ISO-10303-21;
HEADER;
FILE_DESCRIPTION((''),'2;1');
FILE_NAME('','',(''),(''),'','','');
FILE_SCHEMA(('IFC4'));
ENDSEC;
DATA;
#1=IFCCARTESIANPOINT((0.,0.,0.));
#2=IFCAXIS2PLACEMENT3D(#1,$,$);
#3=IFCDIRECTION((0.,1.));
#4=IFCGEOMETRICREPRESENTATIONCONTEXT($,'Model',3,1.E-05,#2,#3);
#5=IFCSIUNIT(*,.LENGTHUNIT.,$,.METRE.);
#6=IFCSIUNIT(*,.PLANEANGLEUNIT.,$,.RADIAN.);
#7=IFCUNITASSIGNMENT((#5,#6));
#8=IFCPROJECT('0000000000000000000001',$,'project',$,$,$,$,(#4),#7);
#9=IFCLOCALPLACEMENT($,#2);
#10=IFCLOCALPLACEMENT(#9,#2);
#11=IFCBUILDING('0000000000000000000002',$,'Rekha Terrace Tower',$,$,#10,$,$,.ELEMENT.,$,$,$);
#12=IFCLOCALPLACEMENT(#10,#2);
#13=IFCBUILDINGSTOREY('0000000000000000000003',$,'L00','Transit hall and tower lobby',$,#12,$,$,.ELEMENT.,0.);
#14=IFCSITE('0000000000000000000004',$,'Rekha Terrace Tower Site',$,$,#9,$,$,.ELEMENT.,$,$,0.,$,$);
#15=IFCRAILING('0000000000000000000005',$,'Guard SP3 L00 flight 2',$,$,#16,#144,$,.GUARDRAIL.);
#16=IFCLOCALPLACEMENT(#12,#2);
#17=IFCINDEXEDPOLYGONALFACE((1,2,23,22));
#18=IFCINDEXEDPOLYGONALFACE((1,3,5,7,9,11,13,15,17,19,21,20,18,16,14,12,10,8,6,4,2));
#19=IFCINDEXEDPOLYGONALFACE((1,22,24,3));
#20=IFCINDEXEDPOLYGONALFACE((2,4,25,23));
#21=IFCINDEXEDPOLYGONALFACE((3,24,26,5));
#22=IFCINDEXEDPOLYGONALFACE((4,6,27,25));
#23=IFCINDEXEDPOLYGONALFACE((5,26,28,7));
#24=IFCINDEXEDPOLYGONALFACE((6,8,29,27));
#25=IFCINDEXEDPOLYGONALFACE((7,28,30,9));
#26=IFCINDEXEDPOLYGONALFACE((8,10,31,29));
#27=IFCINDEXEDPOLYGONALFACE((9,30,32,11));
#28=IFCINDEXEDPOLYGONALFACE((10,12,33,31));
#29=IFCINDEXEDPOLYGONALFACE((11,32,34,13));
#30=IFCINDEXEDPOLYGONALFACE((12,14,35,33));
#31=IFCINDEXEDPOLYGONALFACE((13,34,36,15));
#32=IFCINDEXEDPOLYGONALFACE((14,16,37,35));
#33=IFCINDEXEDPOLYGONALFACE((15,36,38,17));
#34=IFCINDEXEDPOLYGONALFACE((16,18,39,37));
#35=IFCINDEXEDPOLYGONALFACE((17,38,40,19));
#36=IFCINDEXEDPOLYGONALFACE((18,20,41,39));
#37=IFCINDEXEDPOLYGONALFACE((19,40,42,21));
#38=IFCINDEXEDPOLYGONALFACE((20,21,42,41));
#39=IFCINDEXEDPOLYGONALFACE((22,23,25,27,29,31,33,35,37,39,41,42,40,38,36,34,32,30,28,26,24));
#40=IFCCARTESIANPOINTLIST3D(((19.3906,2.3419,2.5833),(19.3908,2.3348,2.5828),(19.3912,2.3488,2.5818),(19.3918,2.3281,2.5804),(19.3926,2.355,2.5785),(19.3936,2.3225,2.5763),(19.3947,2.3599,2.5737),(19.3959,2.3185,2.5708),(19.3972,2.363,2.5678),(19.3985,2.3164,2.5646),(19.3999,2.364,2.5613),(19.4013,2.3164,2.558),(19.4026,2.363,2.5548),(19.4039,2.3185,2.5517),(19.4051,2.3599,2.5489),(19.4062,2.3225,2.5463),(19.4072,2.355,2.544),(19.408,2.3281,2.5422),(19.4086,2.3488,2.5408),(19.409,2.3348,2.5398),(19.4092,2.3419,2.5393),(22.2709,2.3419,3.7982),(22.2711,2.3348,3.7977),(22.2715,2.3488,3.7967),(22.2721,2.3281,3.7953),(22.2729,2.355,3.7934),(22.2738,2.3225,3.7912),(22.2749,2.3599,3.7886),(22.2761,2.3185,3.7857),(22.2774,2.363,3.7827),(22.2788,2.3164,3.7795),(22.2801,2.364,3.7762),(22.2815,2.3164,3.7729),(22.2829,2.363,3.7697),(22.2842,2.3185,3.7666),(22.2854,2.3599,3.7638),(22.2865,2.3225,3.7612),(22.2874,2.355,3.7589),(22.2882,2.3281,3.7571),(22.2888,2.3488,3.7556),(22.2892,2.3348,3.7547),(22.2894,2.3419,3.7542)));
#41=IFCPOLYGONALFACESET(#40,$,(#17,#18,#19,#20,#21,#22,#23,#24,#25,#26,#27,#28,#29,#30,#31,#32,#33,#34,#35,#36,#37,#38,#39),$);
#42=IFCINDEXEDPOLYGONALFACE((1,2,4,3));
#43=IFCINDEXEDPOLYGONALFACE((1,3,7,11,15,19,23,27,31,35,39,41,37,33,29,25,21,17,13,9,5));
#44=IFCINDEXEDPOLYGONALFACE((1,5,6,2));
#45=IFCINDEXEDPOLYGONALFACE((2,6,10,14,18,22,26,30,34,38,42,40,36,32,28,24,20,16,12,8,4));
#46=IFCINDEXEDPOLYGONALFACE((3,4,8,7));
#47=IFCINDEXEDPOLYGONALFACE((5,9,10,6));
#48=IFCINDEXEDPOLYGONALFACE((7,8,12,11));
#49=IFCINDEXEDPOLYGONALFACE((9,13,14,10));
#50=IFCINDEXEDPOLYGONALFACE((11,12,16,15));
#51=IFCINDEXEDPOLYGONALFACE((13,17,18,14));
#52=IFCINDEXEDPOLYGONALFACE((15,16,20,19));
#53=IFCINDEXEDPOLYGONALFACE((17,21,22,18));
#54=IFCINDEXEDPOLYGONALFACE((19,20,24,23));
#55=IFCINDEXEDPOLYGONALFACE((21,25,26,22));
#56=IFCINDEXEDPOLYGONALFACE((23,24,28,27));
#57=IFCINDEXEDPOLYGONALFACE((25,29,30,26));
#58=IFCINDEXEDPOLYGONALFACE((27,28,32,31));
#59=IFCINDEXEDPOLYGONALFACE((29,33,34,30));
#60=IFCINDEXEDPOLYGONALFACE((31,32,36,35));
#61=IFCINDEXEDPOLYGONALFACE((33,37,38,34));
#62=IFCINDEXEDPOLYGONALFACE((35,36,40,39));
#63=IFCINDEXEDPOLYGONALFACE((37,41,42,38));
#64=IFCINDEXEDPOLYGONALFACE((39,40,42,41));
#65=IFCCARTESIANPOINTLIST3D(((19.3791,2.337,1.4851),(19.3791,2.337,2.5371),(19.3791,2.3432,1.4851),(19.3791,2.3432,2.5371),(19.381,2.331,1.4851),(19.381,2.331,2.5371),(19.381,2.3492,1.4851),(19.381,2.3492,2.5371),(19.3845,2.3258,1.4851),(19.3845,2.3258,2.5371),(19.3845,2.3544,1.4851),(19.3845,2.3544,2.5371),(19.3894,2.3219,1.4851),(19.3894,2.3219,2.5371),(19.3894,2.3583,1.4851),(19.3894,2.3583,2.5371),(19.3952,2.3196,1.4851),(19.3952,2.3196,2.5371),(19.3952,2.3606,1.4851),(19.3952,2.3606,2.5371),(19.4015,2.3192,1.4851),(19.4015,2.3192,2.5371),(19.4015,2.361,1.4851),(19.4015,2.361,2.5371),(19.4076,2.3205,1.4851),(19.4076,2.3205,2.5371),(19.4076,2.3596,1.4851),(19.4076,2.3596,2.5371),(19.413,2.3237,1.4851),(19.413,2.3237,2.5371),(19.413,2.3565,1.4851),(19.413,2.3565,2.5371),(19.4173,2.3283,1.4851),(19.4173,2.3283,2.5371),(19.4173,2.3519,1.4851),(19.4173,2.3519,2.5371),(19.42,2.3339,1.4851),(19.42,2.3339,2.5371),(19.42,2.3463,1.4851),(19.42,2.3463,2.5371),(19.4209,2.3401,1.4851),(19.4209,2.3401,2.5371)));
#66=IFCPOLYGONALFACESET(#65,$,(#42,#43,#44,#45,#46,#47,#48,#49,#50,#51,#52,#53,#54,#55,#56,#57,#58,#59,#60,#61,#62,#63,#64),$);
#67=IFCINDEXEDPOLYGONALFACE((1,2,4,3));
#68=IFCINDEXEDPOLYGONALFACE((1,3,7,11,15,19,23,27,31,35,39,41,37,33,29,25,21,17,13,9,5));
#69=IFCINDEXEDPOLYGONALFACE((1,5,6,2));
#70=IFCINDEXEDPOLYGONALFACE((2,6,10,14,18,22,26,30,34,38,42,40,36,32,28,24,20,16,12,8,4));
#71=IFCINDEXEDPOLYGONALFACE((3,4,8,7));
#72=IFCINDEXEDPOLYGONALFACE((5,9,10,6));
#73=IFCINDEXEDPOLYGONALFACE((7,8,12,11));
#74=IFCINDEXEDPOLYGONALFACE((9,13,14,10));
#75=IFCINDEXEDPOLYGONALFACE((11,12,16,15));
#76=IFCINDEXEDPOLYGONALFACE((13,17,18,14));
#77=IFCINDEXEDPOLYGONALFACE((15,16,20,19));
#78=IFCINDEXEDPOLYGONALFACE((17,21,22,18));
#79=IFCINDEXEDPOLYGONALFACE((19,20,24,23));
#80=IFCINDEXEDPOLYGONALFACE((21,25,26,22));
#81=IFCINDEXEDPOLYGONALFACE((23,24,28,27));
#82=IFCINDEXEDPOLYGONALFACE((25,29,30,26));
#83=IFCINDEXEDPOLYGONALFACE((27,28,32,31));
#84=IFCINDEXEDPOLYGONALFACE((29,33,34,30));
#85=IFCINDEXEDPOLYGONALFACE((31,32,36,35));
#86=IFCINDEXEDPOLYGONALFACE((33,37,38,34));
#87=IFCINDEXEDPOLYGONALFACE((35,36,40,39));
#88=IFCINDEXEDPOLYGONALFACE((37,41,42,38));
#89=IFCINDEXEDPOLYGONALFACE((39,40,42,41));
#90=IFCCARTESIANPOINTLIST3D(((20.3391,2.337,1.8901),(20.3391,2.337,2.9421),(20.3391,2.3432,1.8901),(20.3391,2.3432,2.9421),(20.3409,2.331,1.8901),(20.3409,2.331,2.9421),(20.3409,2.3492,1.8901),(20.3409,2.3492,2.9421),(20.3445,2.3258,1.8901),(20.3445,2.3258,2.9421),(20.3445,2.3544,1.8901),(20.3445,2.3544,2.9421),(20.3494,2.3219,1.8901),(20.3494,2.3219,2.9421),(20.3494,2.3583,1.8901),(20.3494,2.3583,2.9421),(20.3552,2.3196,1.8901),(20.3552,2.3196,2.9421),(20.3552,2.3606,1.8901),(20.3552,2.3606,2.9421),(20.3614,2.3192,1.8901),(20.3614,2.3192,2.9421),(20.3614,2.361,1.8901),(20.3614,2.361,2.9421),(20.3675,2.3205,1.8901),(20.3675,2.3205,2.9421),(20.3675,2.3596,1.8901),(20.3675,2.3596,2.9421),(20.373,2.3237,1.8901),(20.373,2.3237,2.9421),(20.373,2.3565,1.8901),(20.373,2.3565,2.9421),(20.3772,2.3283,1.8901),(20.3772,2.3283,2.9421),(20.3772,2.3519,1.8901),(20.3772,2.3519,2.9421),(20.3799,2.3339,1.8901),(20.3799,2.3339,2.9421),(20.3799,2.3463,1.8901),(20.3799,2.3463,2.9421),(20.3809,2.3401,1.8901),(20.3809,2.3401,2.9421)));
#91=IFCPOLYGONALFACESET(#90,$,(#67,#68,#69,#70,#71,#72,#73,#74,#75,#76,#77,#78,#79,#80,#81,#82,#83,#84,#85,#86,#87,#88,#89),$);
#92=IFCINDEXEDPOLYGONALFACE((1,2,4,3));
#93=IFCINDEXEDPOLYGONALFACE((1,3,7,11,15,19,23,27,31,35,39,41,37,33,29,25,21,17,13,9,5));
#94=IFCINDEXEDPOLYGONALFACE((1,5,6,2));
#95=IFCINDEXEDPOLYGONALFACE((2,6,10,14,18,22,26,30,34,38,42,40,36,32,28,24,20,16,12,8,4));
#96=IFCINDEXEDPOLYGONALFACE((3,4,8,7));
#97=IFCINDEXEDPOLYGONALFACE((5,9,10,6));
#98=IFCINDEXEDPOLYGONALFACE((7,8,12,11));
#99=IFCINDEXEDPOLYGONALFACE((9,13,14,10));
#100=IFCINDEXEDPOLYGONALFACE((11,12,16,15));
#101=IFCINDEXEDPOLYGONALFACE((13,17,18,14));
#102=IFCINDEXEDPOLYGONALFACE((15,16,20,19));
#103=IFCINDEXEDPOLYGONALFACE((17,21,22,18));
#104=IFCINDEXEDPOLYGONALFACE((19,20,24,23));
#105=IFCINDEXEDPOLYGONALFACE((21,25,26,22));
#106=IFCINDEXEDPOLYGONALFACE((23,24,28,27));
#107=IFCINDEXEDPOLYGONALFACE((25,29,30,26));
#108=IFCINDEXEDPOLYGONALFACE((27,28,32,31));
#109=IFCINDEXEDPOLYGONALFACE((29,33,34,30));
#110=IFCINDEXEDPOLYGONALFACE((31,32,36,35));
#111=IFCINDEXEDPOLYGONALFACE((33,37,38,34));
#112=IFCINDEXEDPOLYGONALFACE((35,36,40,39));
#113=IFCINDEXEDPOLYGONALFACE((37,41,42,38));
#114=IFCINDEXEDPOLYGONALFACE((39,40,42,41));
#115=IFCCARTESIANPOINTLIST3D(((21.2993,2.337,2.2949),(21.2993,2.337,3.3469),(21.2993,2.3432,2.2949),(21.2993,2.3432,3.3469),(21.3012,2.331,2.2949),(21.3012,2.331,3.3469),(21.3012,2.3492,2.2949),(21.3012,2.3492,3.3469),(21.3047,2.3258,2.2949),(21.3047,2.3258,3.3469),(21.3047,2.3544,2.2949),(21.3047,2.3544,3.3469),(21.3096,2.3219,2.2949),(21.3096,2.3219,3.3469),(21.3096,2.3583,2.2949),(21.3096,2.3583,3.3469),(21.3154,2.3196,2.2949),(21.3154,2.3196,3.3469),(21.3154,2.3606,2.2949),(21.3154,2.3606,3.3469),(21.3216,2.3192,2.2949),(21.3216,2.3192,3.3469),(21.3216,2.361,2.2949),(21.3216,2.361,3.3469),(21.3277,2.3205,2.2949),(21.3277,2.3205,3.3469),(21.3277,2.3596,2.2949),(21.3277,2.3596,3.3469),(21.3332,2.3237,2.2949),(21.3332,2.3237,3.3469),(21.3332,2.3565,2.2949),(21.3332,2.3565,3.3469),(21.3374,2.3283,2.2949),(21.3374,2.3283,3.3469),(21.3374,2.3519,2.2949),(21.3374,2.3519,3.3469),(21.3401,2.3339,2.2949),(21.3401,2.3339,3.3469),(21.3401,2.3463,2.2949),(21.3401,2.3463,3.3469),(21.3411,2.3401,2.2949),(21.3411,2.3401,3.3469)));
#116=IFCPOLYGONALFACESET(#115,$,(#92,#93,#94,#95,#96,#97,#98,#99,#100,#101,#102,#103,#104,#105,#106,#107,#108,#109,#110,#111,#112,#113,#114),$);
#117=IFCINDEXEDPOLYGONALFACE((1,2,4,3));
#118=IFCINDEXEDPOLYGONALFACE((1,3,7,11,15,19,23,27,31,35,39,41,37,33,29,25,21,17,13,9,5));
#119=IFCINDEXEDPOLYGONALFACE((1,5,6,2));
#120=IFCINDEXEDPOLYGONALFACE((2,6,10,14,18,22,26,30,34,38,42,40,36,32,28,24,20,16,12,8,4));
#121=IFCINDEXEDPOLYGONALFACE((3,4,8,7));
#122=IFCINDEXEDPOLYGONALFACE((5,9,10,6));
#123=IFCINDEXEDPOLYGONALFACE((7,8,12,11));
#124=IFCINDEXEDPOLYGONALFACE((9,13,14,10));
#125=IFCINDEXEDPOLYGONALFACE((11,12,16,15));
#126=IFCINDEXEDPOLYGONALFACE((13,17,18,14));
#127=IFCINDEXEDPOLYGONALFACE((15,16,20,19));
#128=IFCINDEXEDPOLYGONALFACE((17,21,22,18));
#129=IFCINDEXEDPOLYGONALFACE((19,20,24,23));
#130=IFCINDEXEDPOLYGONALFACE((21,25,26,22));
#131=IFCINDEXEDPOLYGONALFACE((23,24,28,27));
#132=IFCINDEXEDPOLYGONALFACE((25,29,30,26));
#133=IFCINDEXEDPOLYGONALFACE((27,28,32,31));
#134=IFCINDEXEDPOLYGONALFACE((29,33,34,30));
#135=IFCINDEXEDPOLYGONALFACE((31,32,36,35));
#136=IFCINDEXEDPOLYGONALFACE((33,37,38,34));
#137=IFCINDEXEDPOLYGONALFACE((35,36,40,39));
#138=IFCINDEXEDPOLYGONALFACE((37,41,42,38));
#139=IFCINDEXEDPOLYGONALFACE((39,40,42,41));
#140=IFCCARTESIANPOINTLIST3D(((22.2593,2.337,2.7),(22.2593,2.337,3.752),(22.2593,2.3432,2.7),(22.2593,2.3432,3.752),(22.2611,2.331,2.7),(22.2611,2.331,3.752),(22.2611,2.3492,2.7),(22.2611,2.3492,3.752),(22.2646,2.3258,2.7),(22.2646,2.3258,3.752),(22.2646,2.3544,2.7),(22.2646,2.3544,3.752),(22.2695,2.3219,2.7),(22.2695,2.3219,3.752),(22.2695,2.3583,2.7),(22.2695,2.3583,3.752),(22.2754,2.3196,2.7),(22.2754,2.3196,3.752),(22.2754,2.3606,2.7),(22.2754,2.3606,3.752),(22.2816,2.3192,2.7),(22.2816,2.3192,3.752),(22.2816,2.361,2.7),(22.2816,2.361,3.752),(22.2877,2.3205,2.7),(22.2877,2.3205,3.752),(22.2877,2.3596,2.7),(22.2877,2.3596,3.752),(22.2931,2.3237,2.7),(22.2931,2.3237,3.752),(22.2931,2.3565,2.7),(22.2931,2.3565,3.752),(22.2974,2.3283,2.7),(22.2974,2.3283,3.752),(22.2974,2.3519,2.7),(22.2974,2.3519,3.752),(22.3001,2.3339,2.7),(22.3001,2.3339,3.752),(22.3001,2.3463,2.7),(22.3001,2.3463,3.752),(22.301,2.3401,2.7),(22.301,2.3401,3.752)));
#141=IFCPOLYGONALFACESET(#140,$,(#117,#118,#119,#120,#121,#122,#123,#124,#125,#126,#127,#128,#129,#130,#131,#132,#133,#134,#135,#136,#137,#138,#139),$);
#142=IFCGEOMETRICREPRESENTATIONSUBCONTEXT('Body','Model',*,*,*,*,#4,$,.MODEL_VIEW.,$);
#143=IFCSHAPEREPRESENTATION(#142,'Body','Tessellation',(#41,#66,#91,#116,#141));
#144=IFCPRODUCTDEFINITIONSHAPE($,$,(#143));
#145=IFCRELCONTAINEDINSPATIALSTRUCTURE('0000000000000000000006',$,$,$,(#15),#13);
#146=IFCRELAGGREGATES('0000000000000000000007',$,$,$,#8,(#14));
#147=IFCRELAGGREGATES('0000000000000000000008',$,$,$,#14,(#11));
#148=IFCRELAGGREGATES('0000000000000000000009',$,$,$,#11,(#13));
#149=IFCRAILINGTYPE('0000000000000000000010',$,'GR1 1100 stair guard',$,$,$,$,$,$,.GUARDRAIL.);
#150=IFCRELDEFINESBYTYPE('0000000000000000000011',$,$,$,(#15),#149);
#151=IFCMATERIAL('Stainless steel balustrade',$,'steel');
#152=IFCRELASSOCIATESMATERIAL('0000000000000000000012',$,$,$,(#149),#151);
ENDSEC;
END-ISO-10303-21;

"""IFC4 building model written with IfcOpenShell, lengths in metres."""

from ifc_helpers import new_model, si_unit, direction, frame, origin, origin_2d, place, context, subcontext, project, spatial, circle, extrude, material, type_object, element, save


model = new_model("IFC4")

# Units and contexts
model_context = context("Model", 3, precision=1e-05, world=origin(), true_north=direction((0.0, 1.0)))
body_context = subcontext(model_context, "Body", "Model", "MODEL_VIEW")
ifc_project = project(units=[si_unit("LENGTHUNIT", "METRE"), si_unit("PLANEANGLEUNIT", "RADIAN")], contexts=[model_context])

# Site, building, storey
site_placement = place(None, origin())
site = spatial("IfcSite", under=ifc_project, at=site_placement, Name="Rekha Terrace Tower Site", CompositionType="ELEMENT", RefElevation=0.0)
building_placement = place(site_placement, origin())
building = spatial("IfcBuilding", under=site, at=building_placement, Name="Rekha Terrace Tower", CompositionType="ELEMENT")
storey_placement = place(building_placement, origin())
storey = spatial("IfcBuildingStorey", under=building, at=storey_placement, Name="L00", Description="Transit hall and tower lobby", CompositionType="ELEMENT", Elevation=0.0)

# Railing
ifc_material_1 = material(Name="Stainless steel balustrade", Category="steel")
railing_type_1 = type_object("IfcRailingType", Name="GR1 1100 stair guard", PredefinedType="GUARDRAIL", material=ifc_material_1)
railing_1_placement = place(storey_placement, frame((19.3999, 2.3401, 1.4851)))
element("IfcRailing", 1, at=railing_1_placement, inside=storey, type_object=railing_type_1, Name="Guard SP3 L00 flight 2", PredefinedType="GUARDRAIL", context=body_context, shape_type="SweptSolid", body=[
    extrude(circle(Radius=0.0239, at=origin_2d()), frame((0.0, 0.0, 1.0762), z_axis=(0.921388, 0.0, 0.388644), x_axis=(0.0, 1.0, 0.0)), (0.0, 0.0, 1.0), 3.126),
    extrude(circle(Radius=0.021, at=origin_2d()), origin(), (0.0, 0.0, 1.0), 1.052),
    extrude(circle(Radius=0.021, at=origin_2d()), frame((0.96, 0.0, 0.405)), (0.0, 0.0, 1.0), 1.052),
    extrude(circle(Radius=0.021, at=origin_2d()), frame((1.9202, 0.0, 0.8098)), (0.0, 0.0, 1.0), 1.052),
    extrude(circle(Radius=0.021, at=origin_2d()), frame((2.8801, 0.0, 1.2148)), (0.0, 0.0, 1.0), 1.052),
])

save(model, "model.ifc")
